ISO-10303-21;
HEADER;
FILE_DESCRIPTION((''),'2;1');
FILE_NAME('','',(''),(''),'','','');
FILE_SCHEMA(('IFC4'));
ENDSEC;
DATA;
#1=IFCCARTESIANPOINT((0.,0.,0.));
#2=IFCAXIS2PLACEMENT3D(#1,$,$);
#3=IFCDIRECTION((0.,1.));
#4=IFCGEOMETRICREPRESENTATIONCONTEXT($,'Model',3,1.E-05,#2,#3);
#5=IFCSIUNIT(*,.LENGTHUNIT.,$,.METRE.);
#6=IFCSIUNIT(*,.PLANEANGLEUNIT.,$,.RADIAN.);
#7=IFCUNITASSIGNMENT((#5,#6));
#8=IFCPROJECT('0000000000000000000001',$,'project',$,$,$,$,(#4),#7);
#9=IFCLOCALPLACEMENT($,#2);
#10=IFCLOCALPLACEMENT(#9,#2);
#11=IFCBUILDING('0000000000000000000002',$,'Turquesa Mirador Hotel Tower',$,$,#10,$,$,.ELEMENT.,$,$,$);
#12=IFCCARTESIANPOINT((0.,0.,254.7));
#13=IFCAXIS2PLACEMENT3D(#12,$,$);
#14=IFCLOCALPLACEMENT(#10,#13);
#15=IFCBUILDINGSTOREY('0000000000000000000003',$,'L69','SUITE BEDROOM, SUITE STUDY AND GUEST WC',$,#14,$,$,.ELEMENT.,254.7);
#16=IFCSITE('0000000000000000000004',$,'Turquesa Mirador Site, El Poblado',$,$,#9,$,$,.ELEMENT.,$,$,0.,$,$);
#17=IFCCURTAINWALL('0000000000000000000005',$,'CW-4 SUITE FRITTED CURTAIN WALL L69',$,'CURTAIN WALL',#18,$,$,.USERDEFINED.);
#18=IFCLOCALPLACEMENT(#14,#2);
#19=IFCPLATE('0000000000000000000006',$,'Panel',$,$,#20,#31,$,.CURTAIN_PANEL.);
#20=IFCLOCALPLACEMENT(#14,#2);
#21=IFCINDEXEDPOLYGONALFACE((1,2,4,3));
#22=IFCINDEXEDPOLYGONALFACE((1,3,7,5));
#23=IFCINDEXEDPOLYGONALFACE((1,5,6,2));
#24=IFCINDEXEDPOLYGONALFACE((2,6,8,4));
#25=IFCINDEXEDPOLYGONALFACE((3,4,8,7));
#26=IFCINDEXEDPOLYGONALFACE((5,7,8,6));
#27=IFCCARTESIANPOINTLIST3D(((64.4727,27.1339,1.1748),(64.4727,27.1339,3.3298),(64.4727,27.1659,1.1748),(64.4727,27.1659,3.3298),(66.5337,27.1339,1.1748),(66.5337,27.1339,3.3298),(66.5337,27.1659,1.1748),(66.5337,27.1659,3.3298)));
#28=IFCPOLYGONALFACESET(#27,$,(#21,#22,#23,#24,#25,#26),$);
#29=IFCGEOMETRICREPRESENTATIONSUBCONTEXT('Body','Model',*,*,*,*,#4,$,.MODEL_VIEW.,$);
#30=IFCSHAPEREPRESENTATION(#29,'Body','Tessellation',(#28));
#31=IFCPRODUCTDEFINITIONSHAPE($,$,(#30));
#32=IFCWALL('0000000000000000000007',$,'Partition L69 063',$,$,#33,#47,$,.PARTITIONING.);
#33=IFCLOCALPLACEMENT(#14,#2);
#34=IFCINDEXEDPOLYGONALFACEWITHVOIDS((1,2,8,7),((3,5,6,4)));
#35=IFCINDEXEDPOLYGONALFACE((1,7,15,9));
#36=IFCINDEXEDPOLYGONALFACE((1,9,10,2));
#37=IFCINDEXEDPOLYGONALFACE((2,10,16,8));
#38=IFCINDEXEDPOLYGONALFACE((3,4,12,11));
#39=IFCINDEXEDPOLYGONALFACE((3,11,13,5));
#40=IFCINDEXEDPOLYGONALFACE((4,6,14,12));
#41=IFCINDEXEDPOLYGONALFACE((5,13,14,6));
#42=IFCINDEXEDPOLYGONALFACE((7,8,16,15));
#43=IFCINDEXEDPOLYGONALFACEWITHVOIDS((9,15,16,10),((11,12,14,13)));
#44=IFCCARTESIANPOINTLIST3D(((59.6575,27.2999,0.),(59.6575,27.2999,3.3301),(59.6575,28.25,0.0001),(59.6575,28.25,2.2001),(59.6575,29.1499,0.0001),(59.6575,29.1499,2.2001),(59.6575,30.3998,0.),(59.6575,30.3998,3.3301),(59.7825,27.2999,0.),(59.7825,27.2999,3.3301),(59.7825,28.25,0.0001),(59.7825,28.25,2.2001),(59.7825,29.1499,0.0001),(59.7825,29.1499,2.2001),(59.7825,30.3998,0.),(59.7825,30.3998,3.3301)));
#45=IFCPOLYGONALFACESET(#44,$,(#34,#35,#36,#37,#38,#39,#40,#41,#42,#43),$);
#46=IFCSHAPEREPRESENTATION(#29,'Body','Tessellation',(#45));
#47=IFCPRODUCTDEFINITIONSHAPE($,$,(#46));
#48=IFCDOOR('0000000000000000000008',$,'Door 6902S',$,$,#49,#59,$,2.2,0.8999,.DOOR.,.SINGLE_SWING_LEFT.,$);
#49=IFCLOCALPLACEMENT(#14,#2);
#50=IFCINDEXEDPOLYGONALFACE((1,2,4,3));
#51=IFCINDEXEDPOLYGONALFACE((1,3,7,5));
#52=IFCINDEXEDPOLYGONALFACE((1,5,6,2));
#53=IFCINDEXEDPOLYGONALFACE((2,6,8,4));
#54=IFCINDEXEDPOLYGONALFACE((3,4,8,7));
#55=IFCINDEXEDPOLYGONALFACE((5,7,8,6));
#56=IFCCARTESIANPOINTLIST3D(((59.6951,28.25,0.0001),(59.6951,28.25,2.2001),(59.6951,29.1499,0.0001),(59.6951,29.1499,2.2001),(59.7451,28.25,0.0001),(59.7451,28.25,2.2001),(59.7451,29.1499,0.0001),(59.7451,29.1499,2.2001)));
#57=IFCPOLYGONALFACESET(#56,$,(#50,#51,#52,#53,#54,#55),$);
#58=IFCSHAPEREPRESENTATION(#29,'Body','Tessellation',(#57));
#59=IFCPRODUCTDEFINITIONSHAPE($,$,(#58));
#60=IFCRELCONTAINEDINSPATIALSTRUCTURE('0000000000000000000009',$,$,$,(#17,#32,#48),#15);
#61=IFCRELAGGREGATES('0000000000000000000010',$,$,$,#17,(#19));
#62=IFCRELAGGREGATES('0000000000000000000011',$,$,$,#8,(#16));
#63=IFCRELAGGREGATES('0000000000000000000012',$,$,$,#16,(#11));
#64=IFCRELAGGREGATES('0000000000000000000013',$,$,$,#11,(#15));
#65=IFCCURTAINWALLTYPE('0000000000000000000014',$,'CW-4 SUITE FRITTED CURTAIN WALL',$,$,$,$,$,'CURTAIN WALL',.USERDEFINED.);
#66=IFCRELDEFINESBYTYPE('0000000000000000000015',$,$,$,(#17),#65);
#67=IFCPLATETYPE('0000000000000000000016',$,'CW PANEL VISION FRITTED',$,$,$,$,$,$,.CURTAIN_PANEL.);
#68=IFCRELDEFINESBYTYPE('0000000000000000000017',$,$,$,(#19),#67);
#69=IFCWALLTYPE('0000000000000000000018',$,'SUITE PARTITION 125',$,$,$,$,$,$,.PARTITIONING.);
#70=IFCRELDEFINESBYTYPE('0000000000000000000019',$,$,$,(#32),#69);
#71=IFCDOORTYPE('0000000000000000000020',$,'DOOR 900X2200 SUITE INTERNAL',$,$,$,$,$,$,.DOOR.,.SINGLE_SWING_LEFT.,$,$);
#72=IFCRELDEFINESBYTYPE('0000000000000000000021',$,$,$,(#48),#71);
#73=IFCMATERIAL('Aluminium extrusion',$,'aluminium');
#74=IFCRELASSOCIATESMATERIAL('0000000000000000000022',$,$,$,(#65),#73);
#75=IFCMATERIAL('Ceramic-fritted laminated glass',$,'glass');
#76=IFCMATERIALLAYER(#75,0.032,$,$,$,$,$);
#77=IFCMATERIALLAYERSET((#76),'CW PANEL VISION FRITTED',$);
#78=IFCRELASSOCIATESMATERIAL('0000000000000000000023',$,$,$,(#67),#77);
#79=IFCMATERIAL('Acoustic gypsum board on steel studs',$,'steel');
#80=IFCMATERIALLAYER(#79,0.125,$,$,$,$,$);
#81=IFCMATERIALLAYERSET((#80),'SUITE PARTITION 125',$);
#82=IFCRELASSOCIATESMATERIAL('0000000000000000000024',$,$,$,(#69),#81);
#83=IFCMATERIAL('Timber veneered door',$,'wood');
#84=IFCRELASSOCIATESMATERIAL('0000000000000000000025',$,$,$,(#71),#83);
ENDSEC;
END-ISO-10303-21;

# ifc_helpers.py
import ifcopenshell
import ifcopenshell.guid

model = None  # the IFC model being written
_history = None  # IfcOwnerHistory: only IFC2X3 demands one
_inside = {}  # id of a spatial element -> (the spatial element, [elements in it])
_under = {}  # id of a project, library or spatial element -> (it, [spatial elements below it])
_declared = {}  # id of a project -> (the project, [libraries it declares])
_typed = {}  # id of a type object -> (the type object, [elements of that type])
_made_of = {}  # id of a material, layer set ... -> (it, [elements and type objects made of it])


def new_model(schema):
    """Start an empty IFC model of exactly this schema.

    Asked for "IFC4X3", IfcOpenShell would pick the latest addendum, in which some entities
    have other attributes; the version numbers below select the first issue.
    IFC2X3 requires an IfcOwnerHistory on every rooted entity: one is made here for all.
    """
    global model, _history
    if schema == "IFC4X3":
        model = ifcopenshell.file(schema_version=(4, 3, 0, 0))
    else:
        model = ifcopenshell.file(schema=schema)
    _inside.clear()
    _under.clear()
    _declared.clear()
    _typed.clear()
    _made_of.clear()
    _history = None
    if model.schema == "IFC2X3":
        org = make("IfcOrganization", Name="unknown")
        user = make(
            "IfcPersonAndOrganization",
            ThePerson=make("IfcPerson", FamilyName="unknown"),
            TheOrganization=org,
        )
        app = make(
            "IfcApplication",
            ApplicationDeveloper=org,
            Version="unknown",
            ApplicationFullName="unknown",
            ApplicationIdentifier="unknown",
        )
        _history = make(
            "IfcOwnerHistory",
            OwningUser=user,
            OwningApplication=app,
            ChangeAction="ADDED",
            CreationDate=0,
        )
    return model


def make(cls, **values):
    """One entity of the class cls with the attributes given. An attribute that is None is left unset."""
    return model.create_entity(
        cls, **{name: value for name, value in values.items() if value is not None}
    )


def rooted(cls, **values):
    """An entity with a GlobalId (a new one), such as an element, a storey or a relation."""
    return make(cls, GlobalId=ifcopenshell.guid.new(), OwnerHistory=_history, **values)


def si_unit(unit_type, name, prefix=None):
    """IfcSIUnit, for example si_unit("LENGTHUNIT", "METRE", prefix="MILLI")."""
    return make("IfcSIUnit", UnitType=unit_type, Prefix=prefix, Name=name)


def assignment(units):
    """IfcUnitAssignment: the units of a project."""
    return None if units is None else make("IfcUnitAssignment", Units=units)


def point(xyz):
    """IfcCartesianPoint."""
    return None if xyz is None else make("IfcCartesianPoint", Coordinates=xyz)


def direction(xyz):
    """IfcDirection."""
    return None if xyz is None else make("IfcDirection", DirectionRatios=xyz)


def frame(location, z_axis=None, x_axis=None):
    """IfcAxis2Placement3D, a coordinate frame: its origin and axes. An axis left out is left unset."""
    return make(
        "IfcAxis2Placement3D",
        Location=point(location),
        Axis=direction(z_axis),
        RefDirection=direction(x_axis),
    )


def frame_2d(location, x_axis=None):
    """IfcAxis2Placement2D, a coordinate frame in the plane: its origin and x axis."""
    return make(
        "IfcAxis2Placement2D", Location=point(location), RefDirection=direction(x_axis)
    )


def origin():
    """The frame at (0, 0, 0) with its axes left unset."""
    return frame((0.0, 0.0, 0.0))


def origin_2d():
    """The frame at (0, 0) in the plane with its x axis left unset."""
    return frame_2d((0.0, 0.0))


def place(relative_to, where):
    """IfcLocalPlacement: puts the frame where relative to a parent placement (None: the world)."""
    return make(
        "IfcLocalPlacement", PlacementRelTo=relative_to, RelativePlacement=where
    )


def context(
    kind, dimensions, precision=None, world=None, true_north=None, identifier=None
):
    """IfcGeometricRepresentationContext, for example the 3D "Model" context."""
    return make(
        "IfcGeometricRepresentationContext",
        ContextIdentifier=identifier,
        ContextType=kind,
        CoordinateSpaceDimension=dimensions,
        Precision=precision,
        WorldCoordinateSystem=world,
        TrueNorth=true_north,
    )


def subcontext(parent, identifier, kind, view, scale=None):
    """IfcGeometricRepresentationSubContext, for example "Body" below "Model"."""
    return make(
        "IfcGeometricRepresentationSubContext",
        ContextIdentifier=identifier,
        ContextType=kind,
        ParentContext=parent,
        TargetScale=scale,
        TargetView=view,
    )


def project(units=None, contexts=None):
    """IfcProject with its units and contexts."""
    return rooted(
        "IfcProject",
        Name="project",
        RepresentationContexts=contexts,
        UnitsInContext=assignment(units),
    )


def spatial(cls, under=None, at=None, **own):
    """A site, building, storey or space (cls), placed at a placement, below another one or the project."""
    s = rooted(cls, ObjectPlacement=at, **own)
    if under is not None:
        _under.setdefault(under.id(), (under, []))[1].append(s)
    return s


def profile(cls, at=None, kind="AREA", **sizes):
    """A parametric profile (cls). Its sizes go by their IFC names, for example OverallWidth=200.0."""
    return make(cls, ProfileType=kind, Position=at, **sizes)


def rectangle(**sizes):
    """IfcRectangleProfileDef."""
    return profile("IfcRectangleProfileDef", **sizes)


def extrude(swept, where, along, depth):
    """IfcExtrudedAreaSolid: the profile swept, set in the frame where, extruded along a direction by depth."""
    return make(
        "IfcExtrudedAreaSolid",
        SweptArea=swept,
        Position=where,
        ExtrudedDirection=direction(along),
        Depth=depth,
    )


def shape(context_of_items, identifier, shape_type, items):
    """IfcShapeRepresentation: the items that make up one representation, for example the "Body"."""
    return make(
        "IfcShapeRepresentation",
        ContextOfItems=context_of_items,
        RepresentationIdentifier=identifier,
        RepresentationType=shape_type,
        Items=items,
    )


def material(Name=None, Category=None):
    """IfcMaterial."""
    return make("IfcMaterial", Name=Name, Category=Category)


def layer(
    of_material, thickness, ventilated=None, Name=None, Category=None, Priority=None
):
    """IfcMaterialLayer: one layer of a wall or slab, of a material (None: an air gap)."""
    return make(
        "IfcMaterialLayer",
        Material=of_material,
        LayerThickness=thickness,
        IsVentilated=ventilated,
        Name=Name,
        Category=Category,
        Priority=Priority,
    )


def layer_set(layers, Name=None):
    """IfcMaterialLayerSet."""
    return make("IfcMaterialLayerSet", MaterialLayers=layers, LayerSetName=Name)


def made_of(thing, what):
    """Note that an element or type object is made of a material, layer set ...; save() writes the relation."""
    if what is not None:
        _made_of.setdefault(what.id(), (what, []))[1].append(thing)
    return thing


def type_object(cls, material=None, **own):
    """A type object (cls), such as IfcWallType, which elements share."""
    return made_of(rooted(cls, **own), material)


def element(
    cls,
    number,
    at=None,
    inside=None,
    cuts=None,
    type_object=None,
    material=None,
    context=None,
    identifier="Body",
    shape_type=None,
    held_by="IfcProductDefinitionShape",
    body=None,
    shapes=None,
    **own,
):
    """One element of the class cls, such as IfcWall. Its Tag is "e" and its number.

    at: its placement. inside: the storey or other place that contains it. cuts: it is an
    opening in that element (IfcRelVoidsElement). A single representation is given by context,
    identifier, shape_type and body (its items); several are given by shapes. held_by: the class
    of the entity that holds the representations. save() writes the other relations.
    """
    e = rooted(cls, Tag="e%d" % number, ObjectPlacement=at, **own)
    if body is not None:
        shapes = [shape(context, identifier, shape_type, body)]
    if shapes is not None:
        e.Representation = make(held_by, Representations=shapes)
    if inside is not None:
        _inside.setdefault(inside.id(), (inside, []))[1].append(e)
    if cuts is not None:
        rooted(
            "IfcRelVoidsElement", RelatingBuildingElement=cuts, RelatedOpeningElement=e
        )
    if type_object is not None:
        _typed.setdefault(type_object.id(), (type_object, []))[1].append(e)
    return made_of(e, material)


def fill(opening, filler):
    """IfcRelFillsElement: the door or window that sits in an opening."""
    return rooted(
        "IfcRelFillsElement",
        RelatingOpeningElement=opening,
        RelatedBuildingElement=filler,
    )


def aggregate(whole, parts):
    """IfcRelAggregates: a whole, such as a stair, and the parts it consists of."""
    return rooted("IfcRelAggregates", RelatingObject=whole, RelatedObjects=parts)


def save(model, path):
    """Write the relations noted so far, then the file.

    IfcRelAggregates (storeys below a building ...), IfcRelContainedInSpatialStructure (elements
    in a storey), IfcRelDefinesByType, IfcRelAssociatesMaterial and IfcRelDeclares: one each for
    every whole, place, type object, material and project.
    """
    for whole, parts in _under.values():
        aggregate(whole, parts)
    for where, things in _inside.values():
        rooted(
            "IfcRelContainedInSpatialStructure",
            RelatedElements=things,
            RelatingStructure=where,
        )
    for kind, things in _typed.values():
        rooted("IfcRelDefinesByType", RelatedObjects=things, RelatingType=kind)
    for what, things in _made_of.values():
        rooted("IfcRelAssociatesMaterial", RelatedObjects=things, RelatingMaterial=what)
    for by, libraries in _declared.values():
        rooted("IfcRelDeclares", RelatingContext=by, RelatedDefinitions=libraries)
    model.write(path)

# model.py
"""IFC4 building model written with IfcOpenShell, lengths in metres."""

from ifc_helpers import new_model, si_unit, direction, frame, frame_2d, origin, origin_2d, place, context, subcontext, project, spatial, rectangle, extrude, material, layer, layer_set, type_object, element, fill, aggregate, save


model = new_model("IFC4")

# Units and contexts
model_context = context("Model", 3, precision=1e-05, world=origin(), true_north=direction((0.0, 1.0)))
body_context = subcontext(model_context, "Body", "Model", "MODEL_VIEW")
ifc_project = project(units=[si_unit("LENGTHUNIT", "METRE"), si_unit("PLANEANGLEUNIT", "RADIAN")], contexts=[model_context])

# Site, building, storey
site_placement = place(None, origin())
site = spatial("IfcSite", under=ifc_project, at=site_placement, Name="Turquesa Mirador Site, El Poblado", CompositionType="ELEMENT", RefElevation=0.0)
building_placement = place(site_placement, origin())
building = spatial("IfcBuilding", under=site, at=building_placement, Name="Turquesa Mirador Hotel Tower", CompositionType="ELEMENT")
storey_placement = place(building_placement, frame((0.0, 0.0, 254.7)))
storey = spatial("IfcBuildingStorey", under=building, at=storey_placement, Name="L69", Description="SUITE BEDROOM, SUITE STUDY AND GUEST WC", CompositionType="ELEMENT", Elevation=254.7)

# Curtain wall
ifc_material_1 = material(Name="Aluminium extrusion", Category="aluminium")
curtain_wall_type = type_object("IfcCurtainWallType", Name="CW-4 SUITE FRITTED CURTAIN WALL", ElementType="CURTAIN WALL", PredefinedType="USERDEFINED", material=ifc_material_1)
curtain_wall_1_placement = place(storey_placement, origin())
curtain_wall_1 = element("IfcCurtainWall", 1, at=curtain_wall_1_placement, inside=storey, type_object=curtain_wall_type, Name="CW-4 SUITE FRITTED CURTAIN WALL L69", ObjectType="CURTAIN WALL", PredefinedType="USERDEFINED")

# Plate
ifc_material_2 = material(Name="Ceramic-fritted laminated glass", Category="glass")
ifc_layer_1 = layer(ifc_material_2, 0.032)
ifc_layer_set_1 = layer_set([ifc_layer_1], Name="CW PANEL VISION FRITTED")
plate_type_1 = type_object("IfcPlateType", Name="CW PANEL VISION FRITTED", PredefinedType="CURTAIN_PANEL", material=ifc_layer_set_1)
plate_1_placement = place(storey_placement, frame((65.5032, 27.1499, 1.1748), z_axis=(0.0, 0.0, 1.0), x_axis=(1.0, 0.0, 0.0)))
plate_1 = element("IfcPlate", 2, at=plate_1_placement, type_object=plate_type_1, Name="Panel", PredefinedType="CURTAIN_PANEL", context=body_context, shape_type="SweptSolid", body=[
    extrude(rectangle(XDim=2.061, YDim=0.032, at=origin_2d()), origin(), (0.0, 0.0, 1.0), 2.155),
])
aggregate(curtain_wall_1, [plate_1])

# Wall, opening, door
ifc_material_3 = material(Name="Acoustic gypsum board on steel studs", Category="steel")
ifc_layer_2 = layer(ifc_material_3, 0.125)
ifc_layer_set_2 = layer_set([ifc_layer_2], Name="SUITE PARTITION 125")
wall_type = type_object("IfcWallType", Name="SUITE PARTITION 125", PredefinedType="PARTITIONING", material=ifc_layer_set_2)
wall_placement = place(storey_placement, frame((59.72, 27.3, 0.0), z_axis=(0.0, 0.0, 1.0), x_axis=(0.0, 1.0, 0.0)))
wall = element("IfcWall", 3, at=wall_placement, inside=storey, type_object=wall_type, Name="Partition L69 063", PredefinedType="PARTITIONING", context=body_context, shape_type="SweptSolid", body=[
    extrude(rectangle(XDim=3.0999, YDim=0.125, at=frame_2d((1.5498, 0.0))), origin(), (0.0, 0.0, 1.0), 3.3301),
])
opening_placement = place(wall_placement, frame((0.95, 0.0, 0.0)))
opening = element("IfcOpeningElement", 4, at=opening_placement, cuts=wall, PredefinedType="OPENING", context=body_context, shape_type="SweptSolid", body=[
    extrude(rectangle(XDim=0.8999, YDim=2.2, at=frame_2d((0.45, 1.1001))), frame((0.0, 0.0725, 0.0), z_axis=(0.0, -1.0, 0.0), x_axis=(1.0, 0.0, 0.0)), (0.0, 0.0, 1.0), 0.145),
])
ifc_material_4 = material(Name="Timber veneered door", Category="wood")
door_type = type_object("IfcDoorType", Name="DOOR 900X2200 SUITE INTERNAL", OperationType="SINGLE_SWING_LEFT", PredefinedType="DOOR", material=ifc_material_4)
door_placement = place(opening_placement, origin())
door = element("IfcDoor", 5, at=door_placement, inside=storey, type_object=door_type, Name="Door 6902S", OperationType="SINGLE_SWING_LEFT", OverallHeight=2.2, OverallWidth=0.8999, PredefinedType="DOOR", context=body_context, shape_type="SweptSolid", body=[
    extrude(rectangle(XDim=0.8999, YDim=2.2, at=frame_2d((0.45, 1.1001))), frame((0.0, 0.0249, 0.0), z_axis=(0.0, -1.0, 0.0), x_axis=(1.0, 0.0, 0.0)), (0.0, 0.0, 1.0), 0.05),
])
fill(opening, door)

save(model, "model.ifc")
